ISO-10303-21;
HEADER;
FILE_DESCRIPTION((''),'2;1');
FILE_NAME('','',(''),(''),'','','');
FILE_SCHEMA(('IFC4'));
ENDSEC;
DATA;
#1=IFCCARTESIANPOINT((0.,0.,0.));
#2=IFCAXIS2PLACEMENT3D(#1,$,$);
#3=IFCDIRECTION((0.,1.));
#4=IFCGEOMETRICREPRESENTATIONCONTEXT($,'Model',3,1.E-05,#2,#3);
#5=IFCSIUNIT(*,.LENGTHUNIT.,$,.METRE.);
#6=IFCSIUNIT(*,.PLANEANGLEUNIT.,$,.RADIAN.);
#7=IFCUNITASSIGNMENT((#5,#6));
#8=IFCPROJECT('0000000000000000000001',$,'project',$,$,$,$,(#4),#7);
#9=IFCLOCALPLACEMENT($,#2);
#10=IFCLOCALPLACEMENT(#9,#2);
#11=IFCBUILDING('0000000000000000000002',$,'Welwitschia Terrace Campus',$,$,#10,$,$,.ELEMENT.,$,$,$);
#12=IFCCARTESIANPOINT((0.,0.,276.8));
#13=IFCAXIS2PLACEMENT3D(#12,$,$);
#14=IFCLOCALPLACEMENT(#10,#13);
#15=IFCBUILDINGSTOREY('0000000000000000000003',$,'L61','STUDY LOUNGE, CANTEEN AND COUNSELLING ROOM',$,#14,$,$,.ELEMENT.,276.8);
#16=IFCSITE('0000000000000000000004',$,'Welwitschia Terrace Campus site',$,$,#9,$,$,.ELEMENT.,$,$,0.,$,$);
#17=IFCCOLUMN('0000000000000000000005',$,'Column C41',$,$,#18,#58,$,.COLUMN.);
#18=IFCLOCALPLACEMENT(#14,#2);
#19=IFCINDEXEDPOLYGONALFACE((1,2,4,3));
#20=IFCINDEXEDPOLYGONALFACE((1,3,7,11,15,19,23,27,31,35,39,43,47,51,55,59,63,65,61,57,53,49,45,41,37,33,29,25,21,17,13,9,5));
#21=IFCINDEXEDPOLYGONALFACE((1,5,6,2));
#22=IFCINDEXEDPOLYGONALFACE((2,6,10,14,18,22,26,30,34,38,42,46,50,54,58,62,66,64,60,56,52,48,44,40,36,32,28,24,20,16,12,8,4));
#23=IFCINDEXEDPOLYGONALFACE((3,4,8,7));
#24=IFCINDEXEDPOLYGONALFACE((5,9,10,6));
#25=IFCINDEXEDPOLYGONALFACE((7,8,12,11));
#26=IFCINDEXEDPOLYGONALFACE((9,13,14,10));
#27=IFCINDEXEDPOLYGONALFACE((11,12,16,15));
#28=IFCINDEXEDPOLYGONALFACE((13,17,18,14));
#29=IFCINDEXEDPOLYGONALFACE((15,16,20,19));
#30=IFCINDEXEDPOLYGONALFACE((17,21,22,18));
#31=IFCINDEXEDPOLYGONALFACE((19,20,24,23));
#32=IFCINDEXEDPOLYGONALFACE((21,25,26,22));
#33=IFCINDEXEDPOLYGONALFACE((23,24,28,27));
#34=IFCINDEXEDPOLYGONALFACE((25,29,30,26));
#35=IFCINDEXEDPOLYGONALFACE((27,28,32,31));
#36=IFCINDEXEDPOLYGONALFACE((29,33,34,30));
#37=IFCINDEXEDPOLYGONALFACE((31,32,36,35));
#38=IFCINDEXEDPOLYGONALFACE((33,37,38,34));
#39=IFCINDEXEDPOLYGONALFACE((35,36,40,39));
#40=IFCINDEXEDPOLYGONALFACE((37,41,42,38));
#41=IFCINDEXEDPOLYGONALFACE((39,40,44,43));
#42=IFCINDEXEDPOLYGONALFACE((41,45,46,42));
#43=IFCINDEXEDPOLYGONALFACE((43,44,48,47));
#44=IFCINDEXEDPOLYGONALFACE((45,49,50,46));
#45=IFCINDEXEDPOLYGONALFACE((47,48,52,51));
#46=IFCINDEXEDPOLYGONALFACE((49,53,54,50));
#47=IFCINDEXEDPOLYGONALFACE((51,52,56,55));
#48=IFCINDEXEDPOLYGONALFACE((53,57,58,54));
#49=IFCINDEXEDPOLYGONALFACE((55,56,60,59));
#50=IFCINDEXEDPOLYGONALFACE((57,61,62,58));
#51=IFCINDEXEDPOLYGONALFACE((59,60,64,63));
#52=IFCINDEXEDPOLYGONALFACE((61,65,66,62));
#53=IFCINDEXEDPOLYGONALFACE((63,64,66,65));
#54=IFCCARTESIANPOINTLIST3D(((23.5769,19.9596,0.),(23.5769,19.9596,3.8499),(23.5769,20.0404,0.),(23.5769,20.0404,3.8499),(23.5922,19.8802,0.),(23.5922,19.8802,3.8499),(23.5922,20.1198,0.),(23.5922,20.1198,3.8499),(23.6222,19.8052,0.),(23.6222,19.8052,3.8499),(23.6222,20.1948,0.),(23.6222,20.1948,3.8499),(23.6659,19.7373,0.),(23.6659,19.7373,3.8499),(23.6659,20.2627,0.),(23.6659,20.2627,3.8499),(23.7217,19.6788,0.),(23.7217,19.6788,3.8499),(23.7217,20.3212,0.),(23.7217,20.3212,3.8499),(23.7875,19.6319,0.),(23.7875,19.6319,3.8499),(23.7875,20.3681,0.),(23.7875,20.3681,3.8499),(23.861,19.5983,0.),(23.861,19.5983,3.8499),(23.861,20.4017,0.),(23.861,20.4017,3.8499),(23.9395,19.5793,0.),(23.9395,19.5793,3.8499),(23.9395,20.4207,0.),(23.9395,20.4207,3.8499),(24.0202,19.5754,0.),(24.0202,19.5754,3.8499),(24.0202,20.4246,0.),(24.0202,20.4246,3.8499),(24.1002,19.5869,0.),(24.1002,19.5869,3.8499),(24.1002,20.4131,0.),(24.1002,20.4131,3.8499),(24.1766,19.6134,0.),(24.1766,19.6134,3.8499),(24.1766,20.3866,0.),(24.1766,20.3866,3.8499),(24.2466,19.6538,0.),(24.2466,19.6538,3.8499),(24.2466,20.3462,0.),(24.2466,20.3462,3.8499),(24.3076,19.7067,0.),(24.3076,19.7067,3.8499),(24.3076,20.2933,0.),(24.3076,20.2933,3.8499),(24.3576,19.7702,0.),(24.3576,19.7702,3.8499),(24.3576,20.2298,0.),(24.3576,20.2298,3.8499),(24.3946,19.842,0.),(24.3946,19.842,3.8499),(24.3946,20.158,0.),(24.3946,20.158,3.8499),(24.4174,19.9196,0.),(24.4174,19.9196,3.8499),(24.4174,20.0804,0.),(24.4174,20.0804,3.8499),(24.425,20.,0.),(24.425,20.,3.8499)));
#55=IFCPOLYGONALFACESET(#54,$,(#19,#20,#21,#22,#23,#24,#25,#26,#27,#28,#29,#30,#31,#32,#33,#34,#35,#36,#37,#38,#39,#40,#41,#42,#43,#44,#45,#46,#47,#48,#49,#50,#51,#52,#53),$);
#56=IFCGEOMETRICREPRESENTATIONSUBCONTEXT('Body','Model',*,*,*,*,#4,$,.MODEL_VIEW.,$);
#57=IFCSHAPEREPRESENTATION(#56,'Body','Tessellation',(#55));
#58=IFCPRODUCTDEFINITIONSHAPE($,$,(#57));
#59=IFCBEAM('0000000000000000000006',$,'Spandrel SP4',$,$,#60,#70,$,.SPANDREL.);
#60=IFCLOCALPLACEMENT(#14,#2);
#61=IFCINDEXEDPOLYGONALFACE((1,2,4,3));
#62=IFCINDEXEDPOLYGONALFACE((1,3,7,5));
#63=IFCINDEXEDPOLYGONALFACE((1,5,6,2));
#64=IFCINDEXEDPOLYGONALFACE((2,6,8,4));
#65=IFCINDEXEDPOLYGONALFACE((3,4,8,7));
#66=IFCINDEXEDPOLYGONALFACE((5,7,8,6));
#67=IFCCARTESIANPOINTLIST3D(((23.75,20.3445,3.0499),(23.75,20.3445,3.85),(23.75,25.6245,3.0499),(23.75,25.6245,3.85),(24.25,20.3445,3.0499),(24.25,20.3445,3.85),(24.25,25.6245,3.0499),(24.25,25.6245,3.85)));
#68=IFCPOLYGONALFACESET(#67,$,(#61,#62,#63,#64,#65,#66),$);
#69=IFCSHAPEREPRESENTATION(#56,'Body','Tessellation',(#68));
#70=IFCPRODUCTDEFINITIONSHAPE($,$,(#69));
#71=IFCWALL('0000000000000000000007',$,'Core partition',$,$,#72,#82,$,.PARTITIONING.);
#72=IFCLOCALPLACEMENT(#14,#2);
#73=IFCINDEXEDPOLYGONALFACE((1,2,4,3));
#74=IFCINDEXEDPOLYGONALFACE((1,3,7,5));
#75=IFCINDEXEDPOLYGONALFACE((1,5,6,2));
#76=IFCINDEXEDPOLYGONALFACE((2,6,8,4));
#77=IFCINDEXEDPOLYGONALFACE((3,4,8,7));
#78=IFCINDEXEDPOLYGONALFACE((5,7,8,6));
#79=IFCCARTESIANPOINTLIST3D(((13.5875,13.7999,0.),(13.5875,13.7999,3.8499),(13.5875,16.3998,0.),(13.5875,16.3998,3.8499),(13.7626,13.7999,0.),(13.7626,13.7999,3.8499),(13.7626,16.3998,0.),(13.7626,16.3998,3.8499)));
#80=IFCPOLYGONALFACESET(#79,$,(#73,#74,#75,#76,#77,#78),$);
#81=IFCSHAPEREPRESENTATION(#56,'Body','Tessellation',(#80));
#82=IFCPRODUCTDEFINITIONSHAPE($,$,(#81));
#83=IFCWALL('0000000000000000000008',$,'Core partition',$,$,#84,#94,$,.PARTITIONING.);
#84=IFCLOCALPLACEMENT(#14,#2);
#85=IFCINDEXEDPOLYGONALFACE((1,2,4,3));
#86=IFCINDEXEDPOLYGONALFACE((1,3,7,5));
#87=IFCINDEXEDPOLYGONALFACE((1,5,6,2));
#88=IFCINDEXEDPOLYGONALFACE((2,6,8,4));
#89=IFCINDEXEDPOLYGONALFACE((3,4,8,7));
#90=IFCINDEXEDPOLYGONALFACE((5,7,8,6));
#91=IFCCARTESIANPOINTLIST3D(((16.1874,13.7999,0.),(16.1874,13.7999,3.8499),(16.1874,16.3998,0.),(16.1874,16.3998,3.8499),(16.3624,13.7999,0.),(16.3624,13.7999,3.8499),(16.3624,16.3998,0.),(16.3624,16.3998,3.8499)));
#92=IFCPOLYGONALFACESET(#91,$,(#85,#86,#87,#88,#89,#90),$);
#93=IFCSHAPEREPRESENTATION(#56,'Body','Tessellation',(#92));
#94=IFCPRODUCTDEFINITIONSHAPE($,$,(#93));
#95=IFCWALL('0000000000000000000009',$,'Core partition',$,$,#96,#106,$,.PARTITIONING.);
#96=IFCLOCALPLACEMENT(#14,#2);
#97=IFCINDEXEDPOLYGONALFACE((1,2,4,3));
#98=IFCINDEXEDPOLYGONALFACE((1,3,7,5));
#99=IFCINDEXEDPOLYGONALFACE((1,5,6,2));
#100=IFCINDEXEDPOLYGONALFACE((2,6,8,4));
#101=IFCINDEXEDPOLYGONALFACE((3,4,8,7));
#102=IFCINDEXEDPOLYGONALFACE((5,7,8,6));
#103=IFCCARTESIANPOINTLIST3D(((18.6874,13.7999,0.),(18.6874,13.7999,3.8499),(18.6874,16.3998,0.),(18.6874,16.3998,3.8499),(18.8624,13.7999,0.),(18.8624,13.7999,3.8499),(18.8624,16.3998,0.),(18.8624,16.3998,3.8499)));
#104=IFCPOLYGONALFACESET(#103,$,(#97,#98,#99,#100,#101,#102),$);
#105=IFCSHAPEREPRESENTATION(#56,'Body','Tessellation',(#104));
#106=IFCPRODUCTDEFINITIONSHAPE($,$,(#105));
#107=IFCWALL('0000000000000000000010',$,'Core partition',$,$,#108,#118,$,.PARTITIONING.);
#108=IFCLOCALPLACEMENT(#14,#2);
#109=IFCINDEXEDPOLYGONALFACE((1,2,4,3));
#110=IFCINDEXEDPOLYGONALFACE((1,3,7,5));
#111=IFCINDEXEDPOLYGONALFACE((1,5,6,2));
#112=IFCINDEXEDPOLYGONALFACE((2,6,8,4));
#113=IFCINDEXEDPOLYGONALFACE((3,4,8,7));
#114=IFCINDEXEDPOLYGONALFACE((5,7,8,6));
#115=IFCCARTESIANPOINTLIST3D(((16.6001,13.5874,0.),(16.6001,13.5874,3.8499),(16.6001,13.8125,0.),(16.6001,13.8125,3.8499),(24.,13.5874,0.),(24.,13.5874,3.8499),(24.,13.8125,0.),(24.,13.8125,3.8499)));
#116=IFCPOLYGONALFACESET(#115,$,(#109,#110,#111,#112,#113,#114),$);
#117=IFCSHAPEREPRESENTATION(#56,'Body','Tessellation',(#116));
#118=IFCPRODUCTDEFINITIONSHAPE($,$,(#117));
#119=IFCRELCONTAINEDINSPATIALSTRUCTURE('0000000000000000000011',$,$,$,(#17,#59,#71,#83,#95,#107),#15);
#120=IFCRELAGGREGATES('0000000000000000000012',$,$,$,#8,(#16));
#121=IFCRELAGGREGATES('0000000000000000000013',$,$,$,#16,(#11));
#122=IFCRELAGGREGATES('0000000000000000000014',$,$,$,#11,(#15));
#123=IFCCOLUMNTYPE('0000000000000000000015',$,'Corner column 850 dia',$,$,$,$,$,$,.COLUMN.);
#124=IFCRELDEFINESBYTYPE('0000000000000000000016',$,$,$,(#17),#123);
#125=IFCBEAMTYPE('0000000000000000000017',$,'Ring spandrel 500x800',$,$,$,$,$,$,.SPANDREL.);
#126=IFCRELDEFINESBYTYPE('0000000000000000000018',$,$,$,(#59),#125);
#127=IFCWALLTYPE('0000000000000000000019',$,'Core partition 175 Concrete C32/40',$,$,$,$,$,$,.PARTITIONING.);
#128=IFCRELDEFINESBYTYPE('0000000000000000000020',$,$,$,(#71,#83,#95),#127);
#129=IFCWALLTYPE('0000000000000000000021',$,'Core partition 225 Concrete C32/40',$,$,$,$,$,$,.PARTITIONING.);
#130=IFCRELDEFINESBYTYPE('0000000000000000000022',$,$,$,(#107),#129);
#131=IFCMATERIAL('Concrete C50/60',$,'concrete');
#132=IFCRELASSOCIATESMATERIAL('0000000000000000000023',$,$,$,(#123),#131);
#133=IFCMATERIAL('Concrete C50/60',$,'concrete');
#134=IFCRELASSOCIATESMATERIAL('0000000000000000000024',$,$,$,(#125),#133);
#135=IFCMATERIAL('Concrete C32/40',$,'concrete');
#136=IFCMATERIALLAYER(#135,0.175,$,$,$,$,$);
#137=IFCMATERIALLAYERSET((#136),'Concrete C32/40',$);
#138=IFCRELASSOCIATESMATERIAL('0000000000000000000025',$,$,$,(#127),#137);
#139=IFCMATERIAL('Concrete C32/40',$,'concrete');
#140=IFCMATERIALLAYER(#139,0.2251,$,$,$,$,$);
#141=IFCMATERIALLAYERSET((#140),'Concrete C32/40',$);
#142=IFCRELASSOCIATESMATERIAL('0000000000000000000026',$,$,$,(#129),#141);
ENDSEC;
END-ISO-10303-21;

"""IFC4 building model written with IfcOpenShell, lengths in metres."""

from ifc_helpers import new_model, si_unit, direction, frame, frame_2d, origin, origin_2d, place, context, subcontext, project, spatial, rectangle, circle, extrude, material, layer, layer_set, material_profile, profile_set, type_object, element, save


model = new_model("IFC4")

# Units and contexts
model_context = context("Model", 3, precision=1e-05, world=origin(), true_north=direction((0.0, 1.0)))
body_context = subcontext(model_context, "Body", "Model", "MODEL_VIEW")
ifc_project = project(units=[si_unit("LENGTHUNIT", "METRE"), si_unit("PLANEANGLEUNIT", "RADIAN")], contexts=[model_context])

# Site, building, storey
site_placement = place(None, origin())
site = spatial("IfcSite", under=ifc_project, at=site_placement, Name="Welwitschia Terrace Campus site", CompositionType="ELEMENT", RefElevation=0.0)
building_placement = place(site_placement, origin())
building = spatial("IfcBuilding", under=site, at=building_placement, Name="Welwitschia Terrace Campus", CompositionType="ELEMENT")
storey_placement = place(building_placement, frame((0.0, 0.0, 276.8)))
storey = spatial("IfcBuildingStorey", under=building, at=storey_placement, Name="L61", Description="STUDY LOUNGE, CANTEEN AND COUNSELLING ROOM", CompositionType="ELEMENT", Elevation=276.8)

# Column
ifc_material_1 = material(Name="Concrete C50/60", Category="concrete")
ifc_material_profile_1 = material_profile(ifc_material_1, circle(Radius=0.425, at=origin_2d()))
ifc_profile_set_1 = profile_set([ifc_material_profile_1], Name="Concrete C50/60")
column_type = type_object("IfcColumnType", Name="Corner column 850 dia", PredefinedType="COLUMN", material=ifc_profile_set_1)
column_placement = place(storey_placement, frame((24.0, 20.0, 0.0), z_axis=(0.0, 0.0, 1.0), x_axis=(1.0, 0.0, 0.0)))
element("IfcColumn", 1, at=column_placement, inside=storey, type_object=column_type, Name="Column C41", PredefinedType="COLUMN", context=body_context, shape_type="SweptSolid", body=[
    extrude(circle(Radius=0.425, at=origin_2d()), origin(), (0.0, 0.0, 1.0), 3.8499),
])

# Beam
ifc_material_2 = material(Name="Concrete C50/60", Category="concrete")
ifc_material_profile_2 = material_profile(ifc_material_2, rectangle(XDim=0.5, YDim=0.8, at=origin_2d()))
ifc_profile_set_2 = profile_set([ifc_material_profile_2], Name="Concrete C50/60")
beam_type = type_object("IfcBeamType", Name="Ring spandrel 500x800", PredefinedType="SPANDREL", material=ifc_profile_set_2)
beam_placement = place(storey_placement, frame((24.0, 20.3445, 3.45), z_axis=(0.0, 1.0, 0.0), x_axis=(-1.0, 0.0, 0.0)))
element("IfcBeam", 2, at=beam_placement, inside=storey, type_object=beam_type, Name="Spandrel SP4", PredefinedType="SPANDREL", context=body_context, shape_type="SweptSolid", body=[
    extrude(rectangle(XDim=0.5, YDim=0.8, at=origin_2d()), origin(), (0.0, 0.0, 1.0), 5.28),
])

# Walls
ifc_material_3 = material(Name="Concrete C32/40", Category="concrete")
ifc_layer_1 = layer(ifc_material_3, 0.175)
ifc_layer_set_1 = layer_set([ifc_layer_1], Name="Concrete C32/40")
wall_type_1 = type_object("IfcWallType", Name="Core partition 175 Concrete C32/40", PredefinedType="PARTITIONING", material=ifc_layer_set_1)
for number, where, z_axis, x_axis, name in (
    (3, (13.675, 13.8, 0.0), (0.0, 0.0, 1.0), (0.0, 1.0, 0.0), "Core partition"),
    (4, (16.2749, 13.8, 0.0), (0.0, 0.0, 1.0), (0.0, 1.0, 0.0), "Core partition"),
    (5, (18.7749, 13.8, 0.0), (0.0, 0.0, 1.0), (0.0, 1.0, 0.0), "Core partition"),
):
    element("IfcWall", number, at=place(storey_placement, frame(where, z_axis=z_axis, x_axis=x_axis)), inside=storey, type_object=wall_type_1, Name=name, PredefinedType="PARTITIONING", context=body_context, shape_type="SweptSolid", body=[
        extrude(rectangle(XDim=2.5999, YDim=0.175, at=frame_2d((1.2998, 0.0))), origin(), (0.0, 0.0, 1.0), 3.8499),
    ])
ifc_material_4 = material(Name="Concrete C32/40", Category="concrete")
ifc_layer_2 = layer(ifc_material_4, 0.2251)
ifc_layer_set_2 = layer_set([ifc_layer_2], Name="Concrete C32/40")
wall_type_2 = type_object("IfcWallType", Name="Core partition 225 Concrete C32/40", PredefinedType="PARTITIONING", material=ifc_layer_set_2)
wall_1_placement = place(storey_placement, frame((16.6001, 13.7, 0.0), z_axis=(0.0, 0.0, 1.0), x_axis=(1.0, 0.0, 0.0)))
element("IfcWall", 6, at=wall_1_placement, inside=storey, type_object=wall_type_2, Name="Core partition", PredefinedType="PARTITIONING", context=body_context, shape_type="SweptSolid", body=[
    extrude(rectangle(XDim=7.3999, YDim=0.2251, at=frame_2d((3.7, 0.0))), origin(), (0.0, 0.0, 1.0), 3.8499),
])

save(model, "model.ifc")
